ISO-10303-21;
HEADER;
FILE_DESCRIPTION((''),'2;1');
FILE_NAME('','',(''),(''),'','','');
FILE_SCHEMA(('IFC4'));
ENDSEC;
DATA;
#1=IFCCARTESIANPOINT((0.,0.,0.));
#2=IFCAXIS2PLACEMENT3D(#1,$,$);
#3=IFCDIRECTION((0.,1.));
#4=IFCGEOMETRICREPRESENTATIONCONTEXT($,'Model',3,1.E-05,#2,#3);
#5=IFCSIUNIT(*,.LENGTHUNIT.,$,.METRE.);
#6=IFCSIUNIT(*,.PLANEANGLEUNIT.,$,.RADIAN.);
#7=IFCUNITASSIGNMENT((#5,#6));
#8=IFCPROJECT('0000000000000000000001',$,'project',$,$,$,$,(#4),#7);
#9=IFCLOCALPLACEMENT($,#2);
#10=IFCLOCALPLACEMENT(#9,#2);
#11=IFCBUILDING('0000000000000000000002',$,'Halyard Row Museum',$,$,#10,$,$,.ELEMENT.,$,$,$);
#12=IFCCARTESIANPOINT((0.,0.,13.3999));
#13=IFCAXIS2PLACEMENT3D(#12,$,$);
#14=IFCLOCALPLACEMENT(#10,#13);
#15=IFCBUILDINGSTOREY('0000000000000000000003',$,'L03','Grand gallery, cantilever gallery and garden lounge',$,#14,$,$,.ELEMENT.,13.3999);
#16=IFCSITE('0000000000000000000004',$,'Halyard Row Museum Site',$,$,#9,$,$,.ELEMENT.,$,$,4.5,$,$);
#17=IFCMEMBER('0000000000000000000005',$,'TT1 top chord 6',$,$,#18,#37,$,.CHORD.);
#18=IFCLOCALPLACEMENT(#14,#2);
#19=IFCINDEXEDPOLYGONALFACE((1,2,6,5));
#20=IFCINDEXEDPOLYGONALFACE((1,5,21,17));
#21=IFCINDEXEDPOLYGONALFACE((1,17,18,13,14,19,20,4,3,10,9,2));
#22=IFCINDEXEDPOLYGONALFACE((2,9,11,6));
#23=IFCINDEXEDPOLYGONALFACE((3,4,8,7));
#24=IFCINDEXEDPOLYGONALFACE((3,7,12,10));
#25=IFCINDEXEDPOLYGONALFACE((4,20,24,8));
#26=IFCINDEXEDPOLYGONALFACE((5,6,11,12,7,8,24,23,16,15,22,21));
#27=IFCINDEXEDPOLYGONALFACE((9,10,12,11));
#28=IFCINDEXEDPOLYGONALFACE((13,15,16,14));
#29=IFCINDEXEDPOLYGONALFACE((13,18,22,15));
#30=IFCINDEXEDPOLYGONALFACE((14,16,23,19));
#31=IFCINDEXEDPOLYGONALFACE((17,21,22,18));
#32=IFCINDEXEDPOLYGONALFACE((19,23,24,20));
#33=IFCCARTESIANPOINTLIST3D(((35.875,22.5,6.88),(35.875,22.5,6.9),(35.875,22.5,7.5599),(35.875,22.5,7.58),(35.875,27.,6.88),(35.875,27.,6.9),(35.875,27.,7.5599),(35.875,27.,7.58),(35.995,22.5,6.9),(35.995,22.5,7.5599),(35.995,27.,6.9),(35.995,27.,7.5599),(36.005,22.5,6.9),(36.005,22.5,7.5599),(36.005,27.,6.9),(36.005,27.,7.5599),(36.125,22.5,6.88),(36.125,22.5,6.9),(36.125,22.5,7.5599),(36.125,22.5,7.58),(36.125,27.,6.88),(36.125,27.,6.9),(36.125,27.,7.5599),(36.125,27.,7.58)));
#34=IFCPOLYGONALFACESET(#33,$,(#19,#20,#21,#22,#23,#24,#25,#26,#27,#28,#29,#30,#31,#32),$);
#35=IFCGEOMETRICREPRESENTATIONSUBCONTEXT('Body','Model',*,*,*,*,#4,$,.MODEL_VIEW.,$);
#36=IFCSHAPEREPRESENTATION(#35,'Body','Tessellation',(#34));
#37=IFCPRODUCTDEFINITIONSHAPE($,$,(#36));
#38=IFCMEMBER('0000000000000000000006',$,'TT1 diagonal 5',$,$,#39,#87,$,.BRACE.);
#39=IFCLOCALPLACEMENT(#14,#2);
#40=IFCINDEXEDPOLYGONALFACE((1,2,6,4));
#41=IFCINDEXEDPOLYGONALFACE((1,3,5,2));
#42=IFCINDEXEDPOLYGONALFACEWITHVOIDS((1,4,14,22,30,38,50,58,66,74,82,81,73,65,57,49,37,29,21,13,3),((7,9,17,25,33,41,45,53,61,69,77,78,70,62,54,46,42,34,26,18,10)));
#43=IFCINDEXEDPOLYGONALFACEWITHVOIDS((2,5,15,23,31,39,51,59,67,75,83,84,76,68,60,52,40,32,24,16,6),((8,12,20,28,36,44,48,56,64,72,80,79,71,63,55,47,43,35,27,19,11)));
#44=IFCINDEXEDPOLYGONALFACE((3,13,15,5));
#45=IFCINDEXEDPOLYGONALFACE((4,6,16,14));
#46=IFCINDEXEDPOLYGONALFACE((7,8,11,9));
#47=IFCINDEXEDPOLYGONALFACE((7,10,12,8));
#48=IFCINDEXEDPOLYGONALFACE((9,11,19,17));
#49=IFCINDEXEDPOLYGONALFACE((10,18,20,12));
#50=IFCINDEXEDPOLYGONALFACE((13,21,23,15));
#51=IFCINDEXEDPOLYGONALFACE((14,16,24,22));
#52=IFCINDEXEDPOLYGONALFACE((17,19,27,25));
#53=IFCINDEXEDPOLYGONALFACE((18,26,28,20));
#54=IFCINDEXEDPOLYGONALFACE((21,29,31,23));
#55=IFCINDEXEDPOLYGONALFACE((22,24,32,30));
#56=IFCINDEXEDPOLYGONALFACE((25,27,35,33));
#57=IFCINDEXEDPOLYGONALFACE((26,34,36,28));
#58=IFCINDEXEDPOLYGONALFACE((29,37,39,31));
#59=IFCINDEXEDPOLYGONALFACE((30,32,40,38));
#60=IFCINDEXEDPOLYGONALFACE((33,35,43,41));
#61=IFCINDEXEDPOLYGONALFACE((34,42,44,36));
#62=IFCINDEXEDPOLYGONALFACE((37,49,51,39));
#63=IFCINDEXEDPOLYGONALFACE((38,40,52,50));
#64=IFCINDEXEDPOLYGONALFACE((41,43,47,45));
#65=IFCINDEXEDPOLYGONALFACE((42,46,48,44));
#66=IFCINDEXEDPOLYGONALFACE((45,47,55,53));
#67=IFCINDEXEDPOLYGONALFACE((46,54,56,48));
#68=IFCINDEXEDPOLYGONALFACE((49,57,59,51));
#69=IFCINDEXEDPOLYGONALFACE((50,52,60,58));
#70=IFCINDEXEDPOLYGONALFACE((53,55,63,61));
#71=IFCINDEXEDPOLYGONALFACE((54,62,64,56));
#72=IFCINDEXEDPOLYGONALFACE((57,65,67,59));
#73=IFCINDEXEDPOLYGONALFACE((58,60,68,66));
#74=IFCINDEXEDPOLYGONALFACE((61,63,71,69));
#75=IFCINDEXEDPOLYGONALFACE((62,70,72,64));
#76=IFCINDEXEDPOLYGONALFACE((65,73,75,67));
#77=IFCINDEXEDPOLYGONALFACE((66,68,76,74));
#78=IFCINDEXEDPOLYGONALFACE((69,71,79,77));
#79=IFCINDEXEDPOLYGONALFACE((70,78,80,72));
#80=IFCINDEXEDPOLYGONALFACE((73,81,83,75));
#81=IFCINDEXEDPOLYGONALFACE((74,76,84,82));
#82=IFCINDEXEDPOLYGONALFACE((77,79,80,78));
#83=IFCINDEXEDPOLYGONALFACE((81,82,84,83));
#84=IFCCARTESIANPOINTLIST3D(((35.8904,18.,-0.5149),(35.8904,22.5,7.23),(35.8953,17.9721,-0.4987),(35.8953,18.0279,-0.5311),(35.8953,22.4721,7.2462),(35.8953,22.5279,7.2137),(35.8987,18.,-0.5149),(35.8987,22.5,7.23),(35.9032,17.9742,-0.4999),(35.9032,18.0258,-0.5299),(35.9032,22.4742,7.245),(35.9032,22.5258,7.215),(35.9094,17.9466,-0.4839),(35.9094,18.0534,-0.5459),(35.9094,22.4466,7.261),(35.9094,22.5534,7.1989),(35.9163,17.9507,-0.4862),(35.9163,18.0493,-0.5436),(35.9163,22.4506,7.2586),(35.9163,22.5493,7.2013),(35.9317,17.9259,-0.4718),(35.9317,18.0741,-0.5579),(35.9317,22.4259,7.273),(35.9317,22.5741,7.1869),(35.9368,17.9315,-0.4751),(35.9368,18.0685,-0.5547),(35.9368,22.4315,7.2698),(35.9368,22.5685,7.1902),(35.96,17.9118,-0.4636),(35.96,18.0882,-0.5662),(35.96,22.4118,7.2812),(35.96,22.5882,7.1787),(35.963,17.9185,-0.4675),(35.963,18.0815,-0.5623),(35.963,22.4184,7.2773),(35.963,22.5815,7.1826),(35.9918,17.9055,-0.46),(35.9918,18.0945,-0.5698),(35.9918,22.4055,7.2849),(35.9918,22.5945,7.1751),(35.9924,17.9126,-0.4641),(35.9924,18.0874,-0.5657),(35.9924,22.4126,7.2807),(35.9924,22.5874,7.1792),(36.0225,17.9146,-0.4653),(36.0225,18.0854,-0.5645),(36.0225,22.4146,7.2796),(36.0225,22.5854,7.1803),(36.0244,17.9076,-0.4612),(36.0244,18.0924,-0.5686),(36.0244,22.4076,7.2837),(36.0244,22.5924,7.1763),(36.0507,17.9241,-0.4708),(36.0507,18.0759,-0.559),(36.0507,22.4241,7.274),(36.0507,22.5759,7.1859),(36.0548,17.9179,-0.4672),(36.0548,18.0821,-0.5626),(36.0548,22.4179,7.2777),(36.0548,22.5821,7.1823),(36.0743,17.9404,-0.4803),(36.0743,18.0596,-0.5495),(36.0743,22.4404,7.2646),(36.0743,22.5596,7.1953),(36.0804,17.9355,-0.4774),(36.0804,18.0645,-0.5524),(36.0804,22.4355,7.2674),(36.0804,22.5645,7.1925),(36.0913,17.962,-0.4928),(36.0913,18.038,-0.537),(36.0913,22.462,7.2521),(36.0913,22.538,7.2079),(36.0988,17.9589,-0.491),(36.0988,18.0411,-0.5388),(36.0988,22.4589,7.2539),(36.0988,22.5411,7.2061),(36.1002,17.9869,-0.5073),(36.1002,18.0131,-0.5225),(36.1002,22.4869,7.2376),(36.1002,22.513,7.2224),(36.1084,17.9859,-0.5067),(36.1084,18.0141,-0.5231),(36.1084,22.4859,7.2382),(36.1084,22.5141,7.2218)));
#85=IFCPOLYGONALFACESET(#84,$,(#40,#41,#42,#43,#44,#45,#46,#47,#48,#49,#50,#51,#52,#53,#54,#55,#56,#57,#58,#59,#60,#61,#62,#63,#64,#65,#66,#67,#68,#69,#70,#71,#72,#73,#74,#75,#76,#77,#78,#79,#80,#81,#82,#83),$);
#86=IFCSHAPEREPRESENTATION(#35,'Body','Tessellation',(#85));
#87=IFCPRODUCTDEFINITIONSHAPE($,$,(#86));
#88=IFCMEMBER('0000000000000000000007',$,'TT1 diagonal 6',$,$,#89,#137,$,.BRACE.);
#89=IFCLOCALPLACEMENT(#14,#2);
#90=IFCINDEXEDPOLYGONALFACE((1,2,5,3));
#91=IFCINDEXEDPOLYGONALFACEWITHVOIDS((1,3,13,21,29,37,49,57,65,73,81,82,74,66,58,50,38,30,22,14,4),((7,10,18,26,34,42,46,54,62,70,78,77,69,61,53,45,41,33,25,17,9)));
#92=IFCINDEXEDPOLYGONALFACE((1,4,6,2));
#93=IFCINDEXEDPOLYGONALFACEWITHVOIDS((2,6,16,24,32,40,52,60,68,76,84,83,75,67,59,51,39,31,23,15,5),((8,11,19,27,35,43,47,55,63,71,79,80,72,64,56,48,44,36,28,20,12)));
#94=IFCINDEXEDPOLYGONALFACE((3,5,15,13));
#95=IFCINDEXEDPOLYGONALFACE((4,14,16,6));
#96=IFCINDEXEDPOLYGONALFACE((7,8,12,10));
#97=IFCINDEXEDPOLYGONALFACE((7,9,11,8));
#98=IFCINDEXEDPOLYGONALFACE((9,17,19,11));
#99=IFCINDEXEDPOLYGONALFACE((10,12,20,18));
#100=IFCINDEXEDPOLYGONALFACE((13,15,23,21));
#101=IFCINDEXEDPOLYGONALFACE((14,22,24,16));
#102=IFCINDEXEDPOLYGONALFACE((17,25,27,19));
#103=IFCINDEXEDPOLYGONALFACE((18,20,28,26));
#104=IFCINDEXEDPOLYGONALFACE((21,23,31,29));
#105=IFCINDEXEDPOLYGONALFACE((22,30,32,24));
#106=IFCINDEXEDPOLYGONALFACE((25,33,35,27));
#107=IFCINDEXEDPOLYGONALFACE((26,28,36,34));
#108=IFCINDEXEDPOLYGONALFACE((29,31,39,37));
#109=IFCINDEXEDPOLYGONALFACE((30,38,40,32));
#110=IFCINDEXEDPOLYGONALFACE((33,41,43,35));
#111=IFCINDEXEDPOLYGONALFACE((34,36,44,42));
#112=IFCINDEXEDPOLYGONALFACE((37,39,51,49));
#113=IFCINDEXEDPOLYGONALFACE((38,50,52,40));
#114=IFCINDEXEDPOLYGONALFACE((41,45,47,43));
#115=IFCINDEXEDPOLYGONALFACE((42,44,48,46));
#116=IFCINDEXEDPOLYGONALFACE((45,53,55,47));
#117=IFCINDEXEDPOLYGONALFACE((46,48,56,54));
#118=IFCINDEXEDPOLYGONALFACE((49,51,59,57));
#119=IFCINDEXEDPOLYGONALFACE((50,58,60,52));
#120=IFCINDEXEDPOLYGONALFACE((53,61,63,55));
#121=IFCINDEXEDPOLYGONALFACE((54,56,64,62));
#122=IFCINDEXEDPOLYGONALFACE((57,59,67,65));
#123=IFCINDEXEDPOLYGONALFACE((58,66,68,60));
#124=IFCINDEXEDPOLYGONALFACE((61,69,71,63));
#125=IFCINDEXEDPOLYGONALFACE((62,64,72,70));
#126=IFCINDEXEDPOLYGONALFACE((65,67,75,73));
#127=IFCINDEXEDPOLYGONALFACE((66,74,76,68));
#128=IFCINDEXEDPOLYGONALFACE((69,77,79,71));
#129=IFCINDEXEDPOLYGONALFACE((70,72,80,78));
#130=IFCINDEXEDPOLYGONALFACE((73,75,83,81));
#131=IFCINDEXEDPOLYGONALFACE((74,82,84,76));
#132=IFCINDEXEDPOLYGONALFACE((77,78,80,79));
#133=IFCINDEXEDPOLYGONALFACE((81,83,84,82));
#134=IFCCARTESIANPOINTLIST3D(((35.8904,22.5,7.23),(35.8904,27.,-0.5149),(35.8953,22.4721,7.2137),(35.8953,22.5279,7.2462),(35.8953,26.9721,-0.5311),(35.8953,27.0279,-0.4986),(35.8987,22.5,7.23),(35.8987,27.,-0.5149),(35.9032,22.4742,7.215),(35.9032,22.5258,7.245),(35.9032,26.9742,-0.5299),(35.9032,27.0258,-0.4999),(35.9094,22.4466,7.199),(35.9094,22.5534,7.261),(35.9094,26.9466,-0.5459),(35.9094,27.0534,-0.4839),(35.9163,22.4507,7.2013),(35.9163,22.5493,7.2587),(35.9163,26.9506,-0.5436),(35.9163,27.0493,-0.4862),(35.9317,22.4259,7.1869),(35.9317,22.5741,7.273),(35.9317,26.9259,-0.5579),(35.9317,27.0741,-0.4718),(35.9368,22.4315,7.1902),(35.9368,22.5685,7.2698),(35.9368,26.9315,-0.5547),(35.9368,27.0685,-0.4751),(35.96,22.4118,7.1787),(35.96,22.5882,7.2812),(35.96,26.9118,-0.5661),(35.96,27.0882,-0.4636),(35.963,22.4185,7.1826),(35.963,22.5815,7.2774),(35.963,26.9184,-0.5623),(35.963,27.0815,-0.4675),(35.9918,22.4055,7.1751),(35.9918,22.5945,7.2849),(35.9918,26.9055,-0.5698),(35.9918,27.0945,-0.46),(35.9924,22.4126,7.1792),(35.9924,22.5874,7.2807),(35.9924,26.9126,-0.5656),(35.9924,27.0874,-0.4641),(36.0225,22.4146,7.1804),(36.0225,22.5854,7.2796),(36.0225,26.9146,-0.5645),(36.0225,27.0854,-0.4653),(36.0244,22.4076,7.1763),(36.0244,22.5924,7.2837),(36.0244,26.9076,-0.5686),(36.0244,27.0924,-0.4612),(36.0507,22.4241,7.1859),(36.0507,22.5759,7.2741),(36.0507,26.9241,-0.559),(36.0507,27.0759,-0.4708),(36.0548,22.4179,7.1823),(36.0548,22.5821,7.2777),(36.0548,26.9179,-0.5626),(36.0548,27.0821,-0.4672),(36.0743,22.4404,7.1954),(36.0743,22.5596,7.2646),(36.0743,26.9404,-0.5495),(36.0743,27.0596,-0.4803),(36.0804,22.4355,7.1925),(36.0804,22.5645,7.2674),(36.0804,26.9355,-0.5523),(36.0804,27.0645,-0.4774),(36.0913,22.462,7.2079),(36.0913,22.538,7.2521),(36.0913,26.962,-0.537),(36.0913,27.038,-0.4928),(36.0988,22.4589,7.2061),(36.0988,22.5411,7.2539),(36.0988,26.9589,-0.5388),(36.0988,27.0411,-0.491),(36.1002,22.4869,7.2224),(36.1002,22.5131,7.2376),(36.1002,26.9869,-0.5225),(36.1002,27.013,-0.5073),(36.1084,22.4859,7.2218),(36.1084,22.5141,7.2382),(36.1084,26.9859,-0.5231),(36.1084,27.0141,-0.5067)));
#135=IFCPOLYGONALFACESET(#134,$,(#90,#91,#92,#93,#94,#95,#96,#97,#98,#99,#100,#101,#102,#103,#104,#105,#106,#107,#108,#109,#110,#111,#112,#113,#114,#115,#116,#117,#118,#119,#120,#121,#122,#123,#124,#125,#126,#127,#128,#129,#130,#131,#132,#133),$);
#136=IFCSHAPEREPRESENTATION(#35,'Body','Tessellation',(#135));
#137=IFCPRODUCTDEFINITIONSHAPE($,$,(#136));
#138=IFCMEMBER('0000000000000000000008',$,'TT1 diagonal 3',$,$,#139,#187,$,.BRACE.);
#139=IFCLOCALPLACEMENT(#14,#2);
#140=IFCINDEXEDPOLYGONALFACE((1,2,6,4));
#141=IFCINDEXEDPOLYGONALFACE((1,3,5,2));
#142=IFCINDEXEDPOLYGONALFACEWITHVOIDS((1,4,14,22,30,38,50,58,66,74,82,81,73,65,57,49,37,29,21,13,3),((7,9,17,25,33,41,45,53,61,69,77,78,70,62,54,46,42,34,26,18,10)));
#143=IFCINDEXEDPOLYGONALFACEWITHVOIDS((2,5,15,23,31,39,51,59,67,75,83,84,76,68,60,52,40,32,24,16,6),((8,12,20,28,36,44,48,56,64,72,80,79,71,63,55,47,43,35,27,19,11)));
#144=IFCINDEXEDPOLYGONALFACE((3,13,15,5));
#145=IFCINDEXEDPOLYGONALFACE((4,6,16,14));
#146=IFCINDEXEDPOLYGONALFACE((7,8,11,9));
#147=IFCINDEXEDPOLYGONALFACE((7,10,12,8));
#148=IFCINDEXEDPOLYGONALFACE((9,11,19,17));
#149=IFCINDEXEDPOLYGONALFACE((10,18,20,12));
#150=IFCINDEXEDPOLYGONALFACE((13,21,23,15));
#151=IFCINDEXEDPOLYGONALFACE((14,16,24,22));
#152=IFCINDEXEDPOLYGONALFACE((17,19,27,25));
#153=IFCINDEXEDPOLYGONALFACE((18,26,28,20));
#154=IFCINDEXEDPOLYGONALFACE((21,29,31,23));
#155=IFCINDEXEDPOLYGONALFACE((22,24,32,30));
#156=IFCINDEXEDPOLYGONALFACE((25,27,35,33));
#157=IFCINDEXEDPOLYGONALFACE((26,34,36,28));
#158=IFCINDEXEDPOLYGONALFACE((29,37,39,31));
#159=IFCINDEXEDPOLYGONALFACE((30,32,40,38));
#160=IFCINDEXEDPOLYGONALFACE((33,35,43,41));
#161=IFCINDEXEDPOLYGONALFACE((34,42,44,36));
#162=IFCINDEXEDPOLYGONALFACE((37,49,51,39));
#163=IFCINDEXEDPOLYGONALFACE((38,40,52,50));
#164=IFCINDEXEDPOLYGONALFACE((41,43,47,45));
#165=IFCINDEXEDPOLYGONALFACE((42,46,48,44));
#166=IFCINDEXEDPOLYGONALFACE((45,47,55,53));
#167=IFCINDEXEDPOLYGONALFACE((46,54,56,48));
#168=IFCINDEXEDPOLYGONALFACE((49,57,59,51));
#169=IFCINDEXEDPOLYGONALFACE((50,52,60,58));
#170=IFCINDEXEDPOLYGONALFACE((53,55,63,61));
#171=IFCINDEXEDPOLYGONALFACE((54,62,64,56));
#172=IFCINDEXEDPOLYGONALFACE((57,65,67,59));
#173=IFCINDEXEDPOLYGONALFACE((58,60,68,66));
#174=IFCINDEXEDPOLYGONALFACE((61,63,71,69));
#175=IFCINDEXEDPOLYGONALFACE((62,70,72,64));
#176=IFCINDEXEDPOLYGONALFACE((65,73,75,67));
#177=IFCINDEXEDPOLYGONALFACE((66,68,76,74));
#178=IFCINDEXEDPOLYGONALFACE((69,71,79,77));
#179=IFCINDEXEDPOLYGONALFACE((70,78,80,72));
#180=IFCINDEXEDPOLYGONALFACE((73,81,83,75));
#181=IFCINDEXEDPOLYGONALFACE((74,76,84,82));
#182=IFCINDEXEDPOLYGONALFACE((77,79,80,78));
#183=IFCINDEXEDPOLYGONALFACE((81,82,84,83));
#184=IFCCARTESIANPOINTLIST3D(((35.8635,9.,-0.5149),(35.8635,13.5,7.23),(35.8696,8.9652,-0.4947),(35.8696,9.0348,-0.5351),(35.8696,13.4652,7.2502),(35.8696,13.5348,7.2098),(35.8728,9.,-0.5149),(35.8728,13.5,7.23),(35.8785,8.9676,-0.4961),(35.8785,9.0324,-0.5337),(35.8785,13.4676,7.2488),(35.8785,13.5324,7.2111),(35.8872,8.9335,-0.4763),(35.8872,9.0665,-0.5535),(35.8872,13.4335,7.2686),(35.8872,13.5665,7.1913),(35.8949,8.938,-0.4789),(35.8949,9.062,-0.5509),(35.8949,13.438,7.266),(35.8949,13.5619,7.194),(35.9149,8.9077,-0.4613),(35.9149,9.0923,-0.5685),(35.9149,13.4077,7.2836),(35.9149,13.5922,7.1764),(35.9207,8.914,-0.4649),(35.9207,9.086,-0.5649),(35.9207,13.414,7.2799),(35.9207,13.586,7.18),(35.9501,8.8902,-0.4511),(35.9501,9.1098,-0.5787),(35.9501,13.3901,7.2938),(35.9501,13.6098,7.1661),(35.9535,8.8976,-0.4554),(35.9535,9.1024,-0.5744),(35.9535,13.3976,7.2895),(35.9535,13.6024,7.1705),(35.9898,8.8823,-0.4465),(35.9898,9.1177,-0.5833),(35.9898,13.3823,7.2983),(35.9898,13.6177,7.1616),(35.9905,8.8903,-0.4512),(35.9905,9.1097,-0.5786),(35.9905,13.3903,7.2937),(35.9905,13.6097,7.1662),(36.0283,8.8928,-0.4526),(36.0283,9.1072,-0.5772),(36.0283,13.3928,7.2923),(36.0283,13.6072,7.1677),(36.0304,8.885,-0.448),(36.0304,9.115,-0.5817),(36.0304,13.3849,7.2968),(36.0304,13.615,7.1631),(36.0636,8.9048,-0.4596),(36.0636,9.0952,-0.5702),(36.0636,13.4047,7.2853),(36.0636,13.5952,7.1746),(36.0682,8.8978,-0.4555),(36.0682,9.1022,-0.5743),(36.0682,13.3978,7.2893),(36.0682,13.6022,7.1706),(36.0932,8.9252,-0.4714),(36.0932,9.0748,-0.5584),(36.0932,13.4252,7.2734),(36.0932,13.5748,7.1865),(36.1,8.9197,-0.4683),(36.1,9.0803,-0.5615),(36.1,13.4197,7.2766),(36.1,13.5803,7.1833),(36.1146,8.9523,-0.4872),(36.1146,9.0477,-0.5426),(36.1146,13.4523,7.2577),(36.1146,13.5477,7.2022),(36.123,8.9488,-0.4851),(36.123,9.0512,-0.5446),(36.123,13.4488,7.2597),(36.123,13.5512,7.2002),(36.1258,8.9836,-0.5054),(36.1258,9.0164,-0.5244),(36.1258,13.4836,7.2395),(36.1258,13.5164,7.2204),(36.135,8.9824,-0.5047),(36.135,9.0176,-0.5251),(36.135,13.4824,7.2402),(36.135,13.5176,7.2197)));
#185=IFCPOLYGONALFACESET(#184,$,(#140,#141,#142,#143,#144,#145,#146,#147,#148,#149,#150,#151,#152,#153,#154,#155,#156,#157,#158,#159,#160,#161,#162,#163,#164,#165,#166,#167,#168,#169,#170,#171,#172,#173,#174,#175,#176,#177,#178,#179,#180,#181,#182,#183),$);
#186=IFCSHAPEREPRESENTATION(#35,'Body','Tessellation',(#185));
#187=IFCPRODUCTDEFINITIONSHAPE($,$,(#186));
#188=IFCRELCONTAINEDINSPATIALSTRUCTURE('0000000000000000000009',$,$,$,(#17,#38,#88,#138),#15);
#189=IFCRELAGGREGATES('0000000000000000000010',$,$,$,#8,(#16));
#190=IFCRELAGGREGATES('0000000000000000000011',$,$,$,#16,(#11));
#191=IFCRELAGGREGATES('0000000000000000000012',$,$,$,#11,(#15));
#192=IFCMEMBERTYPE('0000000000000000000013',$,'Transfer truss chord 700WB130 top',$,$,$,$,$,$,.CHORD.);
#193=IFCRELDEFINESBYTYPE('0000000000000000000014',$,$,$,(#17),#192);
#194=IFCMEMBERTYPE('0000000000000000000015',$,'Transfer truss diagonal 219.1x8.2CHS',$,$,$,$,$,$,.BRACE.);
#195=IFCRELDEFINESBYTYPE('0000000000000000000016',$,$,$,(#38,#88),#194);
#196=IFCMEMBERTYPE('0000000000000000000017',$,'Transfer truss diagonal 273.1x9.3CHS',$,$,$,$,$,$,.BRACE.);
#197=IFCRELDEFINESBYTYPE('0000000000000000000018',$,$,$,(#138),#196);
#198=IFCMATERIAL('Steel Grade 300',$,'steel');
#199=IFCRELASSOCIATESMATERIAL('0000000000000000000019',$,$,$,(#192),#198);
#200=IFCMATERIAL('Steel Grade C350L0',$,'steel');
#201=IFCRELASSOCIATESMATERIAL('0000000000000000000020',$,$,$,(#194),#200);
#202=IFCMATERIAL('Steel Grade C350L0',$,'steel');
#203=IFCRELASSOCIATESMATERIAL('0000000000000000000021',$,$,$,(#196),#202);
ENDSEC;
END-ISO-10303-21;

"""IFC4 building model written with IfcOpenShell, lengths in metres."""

from ifc_helpers import new_model, si_unit, direction, frame, origin, origin_2d, place, context, subcontext, project, spatial, hollow_circle, i_section, extrude, material, material_profile, profile_set, type_object, element, save


model = new_model("IFC4")

# Units and contexts
model_context = context("Model", 3, precision=1e-05, world=origin(), true_north=direction((0.0, 1.0)))
body_context = subcontext(model_context, "Body", "Model", "MODEL_VIEW")
ifc_project = project(units=[si_unit("LENGTHUNIT", "METRE"), si_unit("PLANEANGLEUNIT", "RADIAN")], contexts=[model_context])

# Site, building, storey
site_placement = place(None, origin())
site = spatial("IfcSite", under=ifc_project, at=site_placement, Name="Halyard Row Museum Site", CompositionType="ELEMENT", RefElevation=4.5)
building_placement = place(site_placement, origin())
building = spatial("IfcBuilding", under=site, at=building_placement, Name="Halyard Row Museum", CompositionType="ELEMENT")
storey_placement = place(building_placement, frame((0.0, 0.0, 13.3999)))
storey = spatial("IfcBuildingStorey", under=building, at=storey_placement, Name="L03", Description="Grand gallery, cantilever gallery and garden lounge", CompositionType="ELEMENT", Elevation=13.3999)

# Members
ifc_material_1 = material(Name="Steel Grade 300", Category="steel")
ifc_material_profile_1 = material_profile(ifc_material_1, i_section(OverallWidth=0.25, OverallDepth=0.7, WebThickness=0.01, FlangeThickness=0.02, at=origin_2d()), Name="700WB130")
ifc_profile_set_1 = profile_set([ifc_material_profile_1], Name="Steel Grade 300")
member_type_1 = type_object("IfcMemberType", Name="Transfer truss chord 700WB130 top", PredefinedType="CHORD", material=ifc_profile_set_1)
for number, where, z_axis, x_axis, name in (
    (1, (36.0, 22.5, 7.23), (0.0, 1.0, 0.0), (-1.0, 0.0, 0.0), "TT1 top chord 6"),
):
    element("IfcMember", number, at=place(storey_placement, frame(where, z_axis=z_axis, x_axis=x_axis)), inside=storey, type_object=member_type_1, Name=name, PredefinedType="CHORD", context=body_context, shape_type="SweptSolid", body=[
        extrude(i_section(OverallWidth=0.25, OverallDepth=0.7, WebThickness=0.01, FlangeThickness=0.02, at=origin_2d()), origin(), (0.0, 0.0, 1.0), 4.5),
    ])
ifc_material_2 = material(Name="Steel Grade C350L0", Category="steel")
ifc_material_profile_2 = material_profile(ifc_material_2, hollow_circle(Radius=0.1096, WallThickness=0.0083, at=origin_2d()), Name="219.1x8.2CHS")
ifc_profile_set_2 = profile_set([ifc_material_profile_2], Name="Steel Grade C350L0")
member_type_2 = type_object("IfcMemberType", Name="Transfer truss diagonal 219.1x8.2CHS", PredefinedType="BRACE", material=ifc_profile_set_2)
for number, where, z_axis, x_axis, name in (
    (2, (36.0, 18.0, -0.5149), (0.0, 0.502384, 0.864645), (-1.0, 0.0, 0.0), "TT1 diagonal 5"),
    (3, (36.0, 22.5, 7.23), (0.0, 0.502384, -0.864645), (-1.0, 0.0, 0.0), "TT1 diagonal 6"),
):
    element("IfcMember", number, at=place(storey_placement, frame(where, z_axis=z_axis, x_axis=x_axis)), inside=storey, type_object=member_type_2, Name=name, PredefinedType="BRACE", context=body_context, shape_type="SweptSolid", body=[
        extrude(hollow_circle(Radius=0.1096, WallThickness=0.0083, at=origin_2d()), origin(), (0.0, 0.0, 1.0), 8.9573),
    ])
ifc_material_3 = material(Name="Steel Grade C350L0", Category="steel")
ifc_material_profile_3 = material_profile(ifc_material_3, hollow_circle(Radius=0.1365, WallThickness=0.0093, at=origin_2d()), Name="273.1x9.3CHS")
ifc_profile_set_3 = profile_set([ifc_material_profile_3], Name="Steel Grade C350L0")
member_type_3 = type_object("IfcMemberType", Name="Transfer truss diagonal 273.1x9.3CHS", PredefinedType="BRACE", material=ifc_profile_set_3)
for number, where, z_axis, x_axis, name in (
    (4, (36.0, 9.0, -0.5149), (0.0, 0.502384, 0.864645), (-1.0, 0.0, 0.0), "TT1 diagonal 3"),
):
    element("IfcMember", number, at=place(storey_placement, frame(where, z_axis=z_axis, x_axis=x_axis)), inside=storey, type_object=member_type_3, Name=name, PredefinedType="BRACE", context=body_context, shape_type="SweptSolid", body=[
        extrude(hollow_circle(Radius=0.1365, WallThickness=0.0093, at=origin_2d()), origin(), (0.0, 0.0, 1.0), 8.9573),
    ])

save(model, "model.ifc")
